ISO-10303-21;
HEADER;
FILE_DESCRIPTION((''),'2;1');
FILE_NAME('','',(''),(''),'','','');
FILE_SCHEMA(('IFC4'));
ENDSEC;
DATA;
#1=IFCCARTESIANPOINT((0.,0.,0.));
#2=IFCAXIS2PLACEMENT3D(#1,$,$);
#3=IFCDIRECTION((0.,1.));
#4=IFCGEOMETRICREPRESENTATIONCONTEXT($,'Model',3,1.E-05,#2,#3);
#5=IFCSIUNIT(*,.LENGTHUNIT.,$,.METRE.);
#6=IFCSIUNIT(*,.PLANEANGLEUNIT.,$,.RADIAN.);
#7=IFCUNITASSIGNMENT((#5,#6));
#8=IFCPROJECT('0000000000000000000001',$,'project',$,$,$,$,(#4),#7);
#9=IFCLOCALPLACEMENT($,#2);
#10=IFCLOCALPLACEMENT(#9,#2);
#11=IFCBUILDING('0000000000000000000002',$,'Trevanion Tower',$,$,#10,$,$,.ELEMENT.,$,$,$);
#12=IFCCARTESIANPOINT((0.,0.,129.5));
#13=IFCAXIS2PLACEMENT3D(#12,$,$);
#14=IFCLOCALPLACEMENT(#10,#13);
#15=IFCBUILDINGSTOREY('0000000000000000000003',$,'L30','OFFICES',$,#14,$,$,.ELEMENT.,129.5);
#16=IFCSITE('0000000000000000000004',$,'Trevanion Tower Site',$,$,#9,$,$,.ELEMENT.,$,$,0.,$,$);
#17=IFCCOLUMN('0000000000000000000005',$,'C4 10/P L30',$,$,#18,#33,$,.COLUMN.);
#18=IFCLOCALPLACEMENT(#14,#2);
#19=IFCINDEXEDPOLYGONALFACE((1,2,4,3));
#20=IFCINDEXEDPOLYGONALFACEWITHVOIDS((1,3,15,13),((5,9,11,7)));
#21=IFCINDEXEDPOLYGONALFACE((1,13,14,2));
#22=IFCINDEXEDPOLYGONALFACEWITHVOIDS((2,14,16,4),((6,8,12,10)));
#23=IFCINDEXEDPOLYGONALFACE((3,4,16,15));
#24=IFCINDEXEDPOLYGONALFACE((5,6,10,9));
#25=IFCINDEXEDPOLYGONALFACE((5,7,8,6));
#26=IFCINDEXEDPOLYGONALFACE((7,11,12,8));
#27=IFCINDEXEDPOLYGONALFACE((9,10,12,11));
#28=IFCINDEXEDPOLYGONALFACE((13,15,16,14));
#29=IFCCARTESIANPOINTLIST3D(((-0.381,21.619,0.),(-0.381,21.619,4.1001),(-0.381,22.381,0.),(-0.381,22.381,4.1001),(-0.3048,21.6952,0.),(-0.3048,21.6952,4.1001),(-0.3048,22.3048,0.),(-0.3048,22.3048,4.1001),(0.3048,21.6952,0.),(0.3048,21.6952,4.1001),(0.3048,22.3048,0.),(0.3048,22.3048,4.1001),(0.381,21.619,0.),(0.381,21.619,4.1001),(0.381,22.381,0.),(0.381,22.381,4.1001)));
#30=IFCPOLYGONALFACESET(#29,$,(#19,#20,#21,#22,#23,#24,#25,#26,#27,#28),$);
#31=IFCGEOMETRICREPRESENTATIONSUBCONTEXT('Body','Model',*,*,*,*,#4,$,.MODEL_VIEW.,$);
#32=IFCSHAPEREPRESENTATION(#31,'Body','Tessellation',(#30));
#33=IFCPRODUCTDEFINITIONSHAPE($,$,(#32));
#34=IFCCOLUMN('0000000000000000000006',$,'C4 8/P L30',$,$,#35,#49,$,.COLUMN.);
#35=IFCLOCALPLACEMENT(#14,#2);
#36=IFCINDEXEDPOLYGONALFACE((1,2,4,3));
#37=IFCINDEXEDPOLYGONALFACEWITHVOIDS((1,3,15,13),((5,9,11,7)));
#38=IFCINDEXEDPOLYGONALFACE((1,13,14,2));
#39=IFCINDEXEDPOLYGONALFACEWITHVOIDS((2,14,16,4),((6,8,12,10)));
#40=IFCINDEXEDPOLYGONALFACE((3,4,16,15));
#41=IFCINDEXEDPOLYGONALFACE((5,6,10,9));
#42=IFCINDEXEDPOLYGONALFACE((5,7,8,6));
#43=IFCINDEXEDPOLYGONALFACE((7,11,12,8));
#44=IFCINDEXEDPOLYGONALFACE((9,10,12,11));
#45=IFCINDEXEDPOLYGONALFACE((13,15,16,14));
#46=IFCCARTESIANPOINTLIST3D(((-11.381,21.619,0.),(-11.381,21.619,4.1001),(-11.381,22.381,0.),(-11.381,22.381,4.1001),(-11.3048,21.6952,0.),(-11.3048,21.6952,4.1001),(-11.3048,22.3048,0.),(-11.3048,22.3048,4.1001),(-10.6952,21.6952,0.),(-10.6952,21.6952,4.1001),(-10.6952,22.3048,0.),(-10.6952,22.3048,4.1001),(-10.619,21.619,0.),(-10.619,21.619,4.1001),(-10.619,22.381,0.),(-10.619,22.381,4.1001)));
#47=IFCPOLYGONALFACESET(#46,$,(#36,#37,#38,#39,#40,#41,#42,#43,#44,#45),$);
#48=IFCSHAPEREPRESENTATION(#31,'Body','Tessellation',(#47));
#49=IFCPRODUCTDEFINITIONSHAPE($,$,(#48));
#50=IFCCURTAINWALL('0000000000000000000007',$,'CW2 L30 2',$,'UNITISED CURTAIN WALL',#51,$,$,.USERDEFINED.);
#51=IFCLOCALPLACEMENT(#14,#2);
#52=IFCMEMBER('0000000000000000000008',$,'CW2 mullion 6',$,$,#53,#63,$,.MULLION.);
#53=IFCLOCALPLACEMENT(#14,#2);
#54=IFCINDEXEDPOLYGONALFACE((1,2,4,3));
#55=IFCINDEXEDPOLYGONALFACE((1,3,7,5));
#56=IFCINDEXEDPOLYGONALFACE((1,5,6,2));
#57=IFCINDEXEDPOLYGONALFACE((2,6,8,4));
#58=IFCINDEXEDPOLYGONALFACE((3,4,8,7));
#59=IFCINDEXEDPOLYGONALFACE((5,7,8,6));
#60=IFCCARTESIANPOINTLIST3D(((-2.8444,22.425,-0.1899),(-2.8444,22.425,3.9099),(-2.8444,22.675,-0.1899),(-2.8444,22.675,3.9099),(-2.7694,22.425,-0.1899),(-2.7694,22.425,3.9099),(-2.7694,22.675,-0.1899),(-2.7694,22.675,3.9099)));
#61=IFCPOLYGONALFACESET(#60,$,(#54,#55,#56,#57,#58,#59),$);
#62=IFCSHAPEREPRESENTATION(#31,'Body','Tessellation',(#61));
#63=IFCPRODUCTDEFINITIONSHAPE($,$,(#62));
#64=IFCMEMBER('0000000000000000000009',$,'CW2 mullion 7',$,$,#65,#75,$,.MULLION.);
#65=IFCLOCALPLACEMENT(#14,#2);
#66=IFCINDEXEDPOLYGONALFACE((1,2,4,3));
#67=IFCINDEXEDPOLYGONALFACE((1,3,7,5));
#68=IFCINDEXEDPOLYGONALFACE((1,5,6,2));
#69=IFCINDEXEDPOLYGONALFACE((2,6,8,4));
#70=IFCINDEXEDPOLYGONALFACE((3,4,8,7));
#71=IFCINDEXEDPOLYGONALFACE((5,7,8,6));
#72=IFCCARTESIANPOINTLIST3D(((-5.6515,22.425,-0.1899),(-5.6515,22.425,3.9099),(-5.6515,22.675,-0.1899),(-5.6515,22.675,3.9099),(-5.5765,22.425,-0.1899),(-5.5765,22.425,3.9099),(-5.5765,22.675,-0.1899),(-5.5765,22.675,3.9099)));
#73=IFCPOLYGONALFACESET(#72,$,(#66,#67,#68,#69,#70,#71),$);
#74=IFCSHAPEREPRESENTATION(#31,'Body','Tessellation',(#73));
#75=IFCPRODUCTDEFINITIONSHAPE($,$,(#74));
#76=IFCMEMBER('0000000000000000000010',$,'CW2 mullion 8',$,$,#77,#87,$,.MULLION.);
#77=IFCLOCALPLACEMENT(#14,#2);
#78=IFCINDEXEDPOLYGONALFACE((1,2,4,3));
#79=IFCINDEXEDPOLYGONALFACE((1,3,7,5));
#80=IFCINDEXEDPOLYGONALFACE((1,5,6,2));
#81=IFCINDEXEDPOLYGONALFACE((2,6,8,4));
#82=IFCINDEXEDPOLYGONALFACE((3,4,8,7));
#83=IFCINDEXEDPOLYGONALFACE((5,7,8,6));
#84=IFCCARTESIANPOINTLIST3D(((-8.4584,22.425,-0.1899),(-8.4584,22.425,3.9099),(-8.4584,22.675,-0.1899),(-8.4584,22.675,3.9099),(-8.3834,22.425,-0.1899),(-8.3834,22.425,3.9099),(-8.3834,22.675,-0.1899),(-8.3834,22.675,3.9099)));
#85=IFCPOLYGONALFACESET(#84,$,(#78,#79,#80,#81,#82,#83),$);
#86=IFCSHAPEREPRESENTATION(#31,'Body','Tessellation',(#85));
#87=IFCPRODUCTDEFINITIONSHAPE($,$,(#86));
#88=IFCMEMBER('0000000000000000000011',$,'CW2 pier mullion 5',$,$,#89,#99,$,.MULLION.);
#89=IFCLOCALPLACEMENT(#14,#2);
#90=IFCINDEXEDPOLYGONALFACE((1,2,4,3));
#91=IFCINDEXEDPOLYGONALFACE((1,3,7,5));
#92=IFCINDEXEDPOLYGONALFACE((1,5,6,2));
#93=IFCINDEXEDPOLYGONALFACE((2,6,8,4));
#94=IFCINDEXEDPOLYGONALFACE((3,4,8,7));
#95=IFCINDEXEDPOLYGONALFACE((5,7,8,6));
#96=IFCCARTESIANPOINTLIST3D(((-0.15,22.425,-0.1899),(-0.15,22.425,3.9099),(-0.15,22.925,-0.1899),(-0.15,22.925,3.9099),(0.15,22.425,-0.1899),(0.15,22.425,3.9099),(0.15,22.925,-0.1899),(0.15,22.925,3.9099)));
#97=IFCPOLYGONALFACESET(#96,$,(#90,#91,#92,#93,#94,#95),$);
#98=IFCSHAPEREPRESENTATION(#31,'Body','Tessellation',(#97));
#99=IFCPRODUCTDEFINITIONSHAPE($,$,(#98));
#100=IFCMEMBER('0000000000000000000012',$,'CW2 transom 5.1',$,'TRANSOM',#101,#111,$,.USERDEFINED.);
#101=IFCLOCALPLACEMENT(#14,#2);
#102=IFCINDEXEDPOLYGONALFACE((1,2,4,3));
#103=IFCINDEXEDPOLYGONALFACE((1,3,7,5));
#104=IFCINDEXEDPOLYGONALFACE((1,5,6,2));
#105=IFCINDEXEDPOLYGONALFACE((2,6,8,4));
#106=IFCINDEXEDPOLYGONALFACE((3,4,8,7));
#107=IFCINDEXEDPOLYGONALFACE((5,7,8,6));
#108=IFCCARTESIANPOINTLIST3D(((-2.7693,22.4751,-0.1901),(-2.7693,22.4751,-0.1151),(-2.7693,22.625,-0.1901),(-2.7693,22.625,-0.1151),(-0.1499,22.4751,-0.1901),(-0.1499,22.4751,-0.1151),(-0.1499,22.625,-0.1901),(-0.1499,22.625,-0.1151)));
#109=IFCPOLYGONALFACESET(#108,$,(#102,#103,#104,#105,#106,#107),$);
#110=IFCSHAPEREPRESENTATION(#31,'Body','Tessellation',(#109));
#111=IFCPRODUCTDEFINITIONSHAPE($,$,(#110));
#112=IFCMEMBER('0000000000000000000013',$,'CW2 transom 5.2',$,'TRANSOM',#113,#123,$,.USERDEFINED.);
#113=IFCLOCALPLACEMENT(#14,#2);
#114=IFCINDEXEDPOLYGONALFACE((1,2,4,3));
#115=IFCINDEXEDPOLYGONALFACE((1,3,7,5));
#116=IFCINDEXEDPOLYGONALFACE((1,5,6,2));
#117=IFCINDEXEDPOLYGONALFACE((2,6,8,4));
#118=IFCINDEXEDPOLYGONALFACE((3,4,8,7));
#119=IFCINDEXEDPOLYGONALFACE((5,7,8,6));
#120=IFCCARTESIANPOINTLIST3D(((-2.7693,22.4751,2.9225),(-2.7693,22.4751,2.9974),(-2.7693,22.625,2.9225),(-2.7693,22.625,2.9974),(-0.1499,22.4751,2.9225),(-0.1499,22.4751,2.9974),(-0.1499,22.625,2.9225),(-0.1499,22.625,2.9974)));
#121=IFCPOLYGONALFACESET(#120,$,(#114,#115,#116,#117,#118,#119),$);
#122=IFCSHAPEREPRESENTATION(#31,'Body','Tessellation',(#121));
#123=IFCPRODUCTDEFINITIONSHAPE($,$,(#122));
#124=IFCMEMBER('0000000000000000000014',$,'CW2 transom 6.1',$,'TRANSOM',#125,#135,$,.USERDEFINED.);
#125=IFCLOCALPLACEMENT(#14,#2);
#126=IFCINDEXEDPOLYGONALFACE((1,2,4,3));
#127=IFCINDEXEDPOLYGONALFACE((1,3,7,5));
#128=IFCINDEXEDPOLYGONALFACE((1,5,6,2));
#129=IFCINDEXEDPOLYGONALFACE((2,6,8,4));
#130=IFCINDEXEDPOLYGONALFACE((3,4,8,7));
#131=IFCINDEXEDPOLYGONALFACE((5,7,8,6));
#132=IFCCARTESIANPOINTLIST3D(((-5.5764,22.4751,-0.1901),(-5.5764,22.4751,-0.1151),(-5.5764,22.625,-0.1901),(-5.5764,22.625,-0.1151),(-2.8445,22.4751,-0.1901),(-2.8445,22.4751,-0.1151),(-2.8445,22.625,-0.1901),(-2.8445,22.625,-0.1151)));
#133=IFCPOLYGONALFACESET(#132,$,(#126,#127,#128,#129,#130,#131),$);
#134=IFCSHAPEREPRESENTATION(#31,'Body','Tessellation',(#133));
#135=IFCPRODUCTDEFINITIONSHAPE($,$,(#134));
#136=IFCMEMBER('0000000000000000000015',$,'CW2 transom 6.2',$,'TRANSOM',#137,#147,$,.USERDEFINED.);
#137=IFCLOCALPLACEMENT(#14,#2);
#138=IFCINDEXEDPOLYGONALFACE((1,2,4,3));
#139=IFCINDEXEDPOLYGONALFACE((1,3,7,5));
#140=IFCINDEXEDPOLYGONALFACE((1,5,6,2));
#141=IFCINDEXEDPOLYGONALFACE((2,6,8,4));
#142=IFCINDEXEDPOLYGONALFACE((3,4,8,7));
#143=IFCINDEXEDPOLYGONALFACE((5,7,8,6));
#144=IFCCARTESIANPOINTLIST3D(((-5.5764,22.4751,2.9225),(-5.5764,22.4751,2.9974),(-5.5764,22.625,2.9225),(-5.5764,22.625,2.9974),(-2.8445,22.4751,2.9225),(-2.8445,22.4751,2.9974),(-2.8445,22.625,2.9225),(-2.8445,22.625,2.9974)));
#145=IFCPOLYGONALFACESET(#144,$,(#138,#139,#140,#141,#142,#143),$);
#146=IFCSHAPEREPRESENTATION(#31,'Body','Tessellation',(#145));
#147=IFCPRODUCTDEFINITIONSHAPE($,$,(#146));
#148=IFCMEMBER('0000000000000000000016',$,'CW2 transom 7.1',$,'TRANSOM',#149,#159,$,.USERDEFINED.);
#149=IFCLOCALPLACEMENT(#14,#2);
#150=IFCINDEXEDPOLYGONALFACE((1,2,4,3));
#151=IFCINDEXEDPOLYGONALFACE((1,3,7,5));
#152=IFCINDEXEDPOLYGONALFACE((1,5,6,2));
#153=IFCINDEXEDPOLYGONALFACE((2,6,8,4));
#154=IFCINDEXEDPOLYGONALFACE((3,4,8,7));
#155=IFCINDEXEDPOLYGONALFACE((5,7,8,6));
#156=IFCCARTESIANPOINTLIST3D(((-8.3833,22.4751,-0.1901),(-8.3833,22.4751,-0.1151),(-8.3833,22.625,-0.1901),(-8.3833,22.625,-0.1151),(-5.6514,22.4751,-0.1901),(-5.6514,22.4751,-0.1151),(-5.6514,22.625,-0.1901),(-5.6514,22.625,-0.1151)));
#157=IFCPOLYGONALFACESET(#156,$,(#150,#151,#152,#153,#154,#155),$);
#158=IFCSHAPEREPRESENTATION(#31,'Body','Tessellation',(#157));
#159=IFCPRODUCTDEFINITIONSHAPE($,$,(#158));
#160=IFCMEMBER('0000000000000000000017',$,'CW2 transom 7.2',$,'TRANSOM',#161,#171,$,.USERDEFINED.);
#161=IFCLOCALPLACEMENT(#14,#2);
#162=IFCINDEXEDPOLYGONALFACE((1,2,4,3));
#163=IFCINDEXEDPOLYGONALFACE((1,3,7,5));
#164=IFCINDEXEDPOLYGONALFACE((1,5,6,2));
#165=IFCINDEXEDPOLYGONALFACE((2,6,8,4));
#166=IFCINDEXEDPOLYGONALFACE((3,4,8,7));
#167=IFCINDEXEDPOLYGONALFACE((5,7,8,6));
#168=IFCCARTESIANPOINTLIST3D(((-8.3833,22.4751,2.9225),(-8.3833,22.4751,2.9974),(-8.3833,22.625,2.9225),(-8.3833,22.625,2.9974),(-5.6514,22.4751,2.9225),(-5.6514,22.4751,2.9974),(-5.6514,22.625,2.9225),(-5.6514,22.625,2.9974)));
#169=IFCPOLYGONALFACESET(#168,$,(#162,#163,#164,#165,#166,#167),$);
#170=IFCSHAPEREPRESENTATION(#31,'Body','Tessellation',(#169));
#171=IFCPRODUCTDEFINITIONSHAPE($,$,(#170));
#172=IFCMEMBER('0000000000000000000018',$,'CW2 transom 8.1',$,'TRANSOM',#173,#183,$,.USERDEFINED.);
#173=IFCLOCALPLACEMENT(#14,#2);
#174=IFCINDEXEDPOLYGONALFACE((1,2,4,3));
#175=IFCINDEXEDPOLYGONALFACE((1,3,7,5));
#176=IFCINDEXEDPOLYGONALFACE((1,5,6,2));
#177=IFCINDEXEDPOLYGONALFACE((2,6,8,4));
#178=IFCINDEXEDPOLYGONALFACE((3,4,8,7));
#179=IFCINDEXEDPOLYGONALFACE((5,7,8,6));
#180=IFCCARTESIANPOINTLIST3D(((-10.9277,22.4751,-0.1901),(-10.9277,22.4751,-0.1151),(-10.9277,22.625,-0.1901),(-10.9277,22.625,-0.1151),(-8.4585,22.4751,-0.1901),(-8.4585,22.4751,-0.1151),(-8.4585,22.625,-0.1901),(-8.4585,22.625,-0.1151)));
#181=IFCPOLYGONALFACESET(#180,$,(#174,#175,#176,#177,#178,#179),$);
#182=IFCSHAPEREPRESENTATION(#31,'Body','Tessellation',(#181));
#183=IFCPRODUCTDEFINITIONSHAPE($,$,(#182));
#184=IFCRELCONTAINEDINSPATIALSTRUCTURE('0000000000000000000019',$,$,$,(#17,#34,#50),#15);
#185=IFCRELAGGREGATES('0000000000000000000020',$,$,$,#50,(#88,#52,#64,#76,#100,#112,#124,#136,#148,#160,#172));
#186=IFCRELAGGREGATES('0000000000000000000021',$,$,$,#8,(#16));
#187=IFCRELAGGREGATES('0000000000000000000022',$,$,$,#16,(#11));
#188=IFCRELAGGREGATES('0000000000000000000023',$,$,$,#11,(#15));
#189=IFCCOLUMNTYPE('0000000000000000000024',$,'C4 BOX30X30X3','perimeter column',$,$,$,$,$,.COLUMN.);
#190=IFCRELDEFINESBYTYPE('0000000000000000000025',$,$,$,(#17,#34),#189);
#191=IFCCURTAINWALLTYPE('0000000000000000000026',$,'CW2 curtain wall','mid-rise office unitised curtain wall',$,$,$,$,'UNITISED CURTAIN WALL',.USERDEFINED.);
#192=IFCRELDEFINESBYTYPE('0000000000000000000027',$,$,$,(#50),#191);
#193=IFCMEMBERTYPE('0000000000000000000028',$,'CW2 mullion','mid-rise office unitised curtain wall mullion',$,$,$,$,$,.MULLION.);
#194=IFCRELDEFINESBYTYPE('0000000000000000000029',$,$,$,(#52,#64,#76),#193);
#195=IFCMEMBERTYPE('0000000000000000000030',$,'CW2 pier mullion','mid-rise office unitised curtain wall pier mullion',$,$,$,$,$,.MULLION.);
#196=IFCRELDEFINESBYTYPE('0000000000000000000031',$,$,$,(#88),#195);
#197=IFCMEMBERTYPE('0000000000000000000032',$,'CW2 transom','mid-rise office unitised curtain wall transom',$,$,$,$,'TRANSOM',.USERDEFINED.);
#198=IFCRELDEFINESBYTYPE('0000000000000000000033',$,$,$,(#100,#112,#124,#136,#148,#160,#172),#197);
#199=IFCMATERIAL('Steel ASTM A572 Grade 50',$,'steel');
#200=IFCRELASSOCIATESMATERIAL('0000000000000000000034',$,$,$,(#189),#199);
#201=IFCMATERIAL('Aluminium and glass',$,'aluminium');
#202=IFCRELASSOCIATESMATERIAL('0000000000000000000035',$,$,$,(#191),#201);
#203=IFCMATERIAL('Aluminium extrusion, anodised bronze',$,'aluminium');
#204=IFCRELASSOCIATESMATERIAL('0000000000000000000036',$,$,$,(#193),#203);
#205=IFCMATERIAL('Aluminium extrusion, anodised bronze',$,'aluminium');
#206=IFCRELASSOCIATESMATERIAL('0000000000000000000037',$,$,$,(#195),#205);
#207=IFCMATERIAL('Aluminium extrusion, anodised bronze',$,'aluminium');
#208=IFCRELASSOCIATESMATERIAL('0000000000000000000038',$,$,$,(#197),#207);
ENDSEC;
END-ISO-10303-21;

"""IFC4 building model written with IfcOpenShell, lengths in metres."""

from ifc_helpers import new_model, si_unit, direction, frame, origin, origin_2d, place, context, subcontext, project, spatial, rectangle, hollow_rectangle, extrude, material, material_profile, profile_set, type_object, element, aggregate, save


model = new_model("IFC4")

# Units and contexts
model_context = context("Model", 3, precision=1e-05, world=origin(), true_north=direction((0.0, 1.0)))
body_context = subcontext(model_context, "Body", "Model", "MODEL_VIEW")
ifc_project = project(units=[si_unit("LENGTHUNIT", "METRE"), si_unit("PLANEANGLEUNIT", "RADIAN")], contexts=[model_context])

# Site, building, storey
site_placement = place(None, origin())
site = spatial("IfcSite", under=ifc_project, at=site_placement, Name="Trevanion Tower Site", CompositionType="ELEMENT", RefElevation=0.0)
building_placement = place(site_placement, origin())
building = spatial("IfcBuilding", under=site, at=building_placement, Name="Trevanion Tower", CompositionType="ELEMENT")
storey_placement = place(building_placement, frame((0.0, 0.0, 129.5)))
storey = spatial("IfcBuildingStorey", under=building, at=storey_placement, Name="L30", Description="OFFICES", CompositionType="ELEMENT", Elevation=129.5)

# Columns
ifc_material_1 = material(Name="Steel ASTM A572 Grade 50", Category="steel")
ifc_material_profile_1 = material_profile(ifc_material_1, hollow_rectangle(XDim=0.762, YDim=0.762, WallThickness=0.0762, at=origin_2d()), Name="BOX30X30X3")
ifc_profile_set_1 = profile_set([ifc_material_profile_1], Name="Steel ASTM A572 Grade 50")
column_type = type_object("IfcColumnType", Name="C4 BOX30X30X3", Description="perimeter column", PredefinedType="COLUMN", material=ifc_profile_set_1)
for number, where, z_axis, x_axis, name in (
    (1, (0.0, 22.0, 0.0), (0.0, 0.0, 1.0), (1.0, 0.0, 0.0), "C4 10/P L30"),
    (2, (-11.0, 22.0, 0.0), (0.0, 0.0, 1.0), (1.0, 0.0, 0.0), "C4 8/P L30"),
):
    element("IfcColumn", number, at=place(storey_placement, frame(where, z_axis=z_axis, x_axis=x_axis)), inside=storey, type_object=column_type, Name=name, PredefinedType="COLUMN", context=body_context, shape_type="SweptSolid", body=[
        extrude(hollow_rectangle(XDim=0.762, YDim=0.762, WallThickness=0.0762, at=origin_2d()), origin(), (0.0, 0.0, 1.0), 4.1001),
    ])

# Curtain wall, members
ifc_material_2 = material(Name="Aluminium and glass", Category="aluminium")
curtain_wall_type = type_object("IfcCurtainWallType", Name="CW2 curtain wall", Description="mid-rise office unitised curtain wall", ElementType="UNITISED CURTAIN WALL", PredefinedType="USERDEFINED", material=ifc_material_2)
curtain_wall_placement = place(storey_placement, origin())
curtain_wall = element("IfcCurtainWall", 3, at=curtain_wall_placement, inside=storey, type_object=curtain_wall_type, Name="CW2 L30 2", ObjectType="UNITISED CURTAIN WALL", PredefinedType="USERDEFINED")
ifc_material_3 = material(Name="Aluminium extrusion, anodised bronze", Category="aluminium")
ifc_material_profile_2 = material_profile(ifc_material_3, rectangle(XDim=0.075, YDim=0.25, at=origin_2d()), Name="CW2 mullion")
ifc_profile_set_2 = profile_set([ifc_material_profile_2], Name="Aluminium extrusion, anodised bronze")
member_type_1 = type_object("IfcMemberType", Name="CW2 mullion", Description="mid-rise office unitised curtain wall mullion", PredefinedType="MULLION", material=ifc_profile_set_2)
member_1_placement = place(storey_placement, frame((-2.8069, 22.55, -0.1899), z_axis=(0.0, 0.0, 1.0), x_axis=(-1.0, 0.0, 0.0)))
member_1 = element("IfcMember", 4, at=member_1_placement, type_object=member_type_1, Name="CW2 mullion 6", PredefinedType="MULLION", context=body_context, shape_type="SweptSolid", body=[
    extrude(rectangle(XDim=0.075, YDim=0.25, at=origin_2d()), origin(), (0.0, 0.0, 1.0), 4.0999),
])
member_2_placement = place(storey_placement, frame((-5.614, 22.55, -0.1899), z_axis=(0.0, 0.0, 1.0), x_axis=(-1.0, 0.0, 0.0)))
member_2 = element("IfcMember", 5, at=member_2_placement, type_object=member_type_1, Name="CW2 mullion 7", PredefinedType="MULLION", context=body_context, shape_type="SweptSolid", body=[
    extrude(rectangle(XDim=0.075, YDim=0.25, at=origin_2d()), origin(), (0.0, 0.0, 1.0), 4.0999),
])
member_3_placement = place(storey_placement, frame((-8.4209, 22.55, -0.1899), z_axis=(0.0, 0.0, 1.0), x_axis=(-1.0, 0.0, 0.0)))
member_3 = element("IfcMember", 6, at=member_3_placement, type_object=member_type_1, Name="CW2 mullion 8", PredefinedType="MULLION", context=body_context, shape_type="SweptSolid", body=[
    extrude(rectangle(XDim=0.075, YDim=0.25, at=origin_2d()), origin(), (0.0, 0.0, 1.0), 4.0999),
])
ifc_material_4 = material(Name="Aluminium extrusion, anodised bronze", Category="aluminium")
ifc_material_profile_3 = material_profile(ifc_material_4, rectangle(XDim=0.3, YDim=0.5, at=origin_2d()), Name="CW2 pier mullion")
ifc_profile_set_3 = profile_set([ifc_material_profile_3], Name="Aluminium extrusion, anodised bronze")
member_type_2 = type_object("IfcMemberType", Name="CW2 pier mullion", Description="mid-rise office unitised curtain wall pier mullion", PredefinedType="MULLION", material=ifc_profile_set_3)
member_4_placement = place(storey_placement, frame((0.0, 22.675, -0.1899), z_axis=(0.0, 0.0, 1.0), x_axis=(-1.0, 0.0, 0.0)))
member_4 = element("IfcMember", 7, at=member_4_placement, type_object=member_type_2, Name="CW2 pier mullion 5", PredefinedType="MULLION", context=body_context, shape_type="SweptSolid", body=[
    extrude(rectangle(XDim=0.3, YDim=0.5, at=origin_2d()), origin(), (0.0, 0.0, 1.0), 4.0999),
])
ifc_material_5 = material(Name="Aluminium extrusion, anodised bronze", Category="aluminium")
ifc_material_profile_4 = material_profile(ifc_material_5, rectangle(XDim=0.1499, YDim=0.075, at=origin_2d()), Name="CW2 transom")
ifc_profile_set_4 = profile_set([ifc_material_profile_4], Name="Aluminium extrusion, anodised bronze")
member_type_3 = type_object("IfcMemberType", Name="CW2 transom", Description="mid-rise office unitised curtain wall transom", ElementType="TRANSOM", PredefinedType="USERDEFINED", material=ifc_profile_set_4)
member_5_placement = place(storey_placement, frame((-0.1499, 22.55, -0.1526), z_axis=(-1.0, 0.0, 0.0), x_axis=(0.0, -1.0, 0.0)))
member_5 = element("IfcMember", 8, at=member_5_placement, type_object=member_type_3, Name="CW2 transom 5.1", ObjectType="TRANSOM", PredefinedType="USERDEFINED", context=body_context, shape_type="SweptSolid", body=[
    extrude(rectangle(XDim=0.1499, YDim=0.075, at=origin_2d()), origin(), (0.0, 0.0, 1.0), 2.6194),
])
member_6_placement = place(storey_placement, frame((-0.1499, 22.55, 2.96), z_axis=(-1.0, 0.0, 0.0), x_axis=(0.0, -1.0, 0.0)))
member_6 = element("IfcMember", 9, at=member_6_placement, type_object=member_type_3, Name="CW2 transom 5.2", ObjectType="TRANSOM", PredefinedType="USERDEFINED", context=body_context, shape_type="SweptSolid", body=[
    extrude(rectangle(XDim=0.1499, YDim=0.075, at=origin_2d()), origin(), (0.0, 0.0, 1.0), 2.6194),
])
member_7_placement = place(storey_placement, frame((-2.8445, 22.55, -0.1526), z_axis=(-1.0, 0.0, 0.0), x_axis=(0.0, -1.0, 0.0)))
member_7 = element("IfcMember", 10, at=member_7_placement, type_object=member_type_3, Name="CW2 transom 6.1", ObjectType="TRANSOM", PredefinedType="USERDEFINED", context=body_context, shape_type="SweptSolid", body=[
    extrude(rectangle(XDim=0.1499, YDim=0.075, at=origin_2d()), origin(), (0.0, 0.0, 1.0), 2.7319),
])
member_8_placement = place(storey_placement, frame((-2.8445, 22.55, 2.96), z_axis=(-1.0, 0.0, 0.0), x_axis=(0.0, -1.0, 0.0)))
member_8 = element("IfcMember", 11, at=member_8_placement, type_object=member_type_3, Name="CW2 transom 6.2", ObjectType="TRANSOM", PredefinedType="USERDEFINED", context=body_context, shape_type="SweptSolid", body=[
    extrude(rectangle(XDim=0.1499, YDim=0.075, at=origin_2d()), origin(), (0.0, 0.0, 1.0), 2.7319),
])
member_9_placement = place(storey_placement, frame((-5.6514, 22.55, -0.1526), z_axis=(-1.0, 0.0, 0.0), x_axis=(0.0, -1.0, 0.0)))
member_9 = element("IfcMember", 12, at=member_9_placement, type_object=member_type_3, Name="CW2 transom 7.1", ObjectType="TRANSOM", PredefinedType="USERDEFINED", context=body_context, shape_type="SweptSolid", body=[
    extrude(rectangle(XDim=0.1499, YDim=0.075, at=origin_2d()), origin(), (0.0, 0.0, 1.0), 2.7319),
])
member_10_placement = place(storey_placement, frame((-5.6514, 22.55, 2.96), z_axis=(-1.0, 0.0, 0.0), x_axis=(0.0, -1.0, 0.0)))
member_10 = element("IfcMember", 13, at=member_10_placement, type_object=member_type_3, Name="CW2 transom 7.2", ObjectType="TRANSOM", PredefinedType="USERDEFINED", context=body_context, shape_type="SweptSolid", body=[
    extrude(rectangle(XDim=0.1499, YDim=0.075, at=origin_2d()), origin(), (0.0, 0.0, 1.0), 2.7319),
])
member_11_placement = place(storey_placement, frame((-8.4585, 22.55, -0.1526), z_axis=(-1.0, 0.0, 0.0), x_axis=(0.0, -1.0, 0.0)))
member_11 = element("IfcMember", 14, at=member_11_placement, type_object=member_type_3, Name="CW2 transom 8.1", ObjectType="TRANSOM", PredefinedType="USERDEFINED", context=body_context, shape_type="SweptSolid", body=[
    extrude(rectangle(XDim=0.1499, YDim=0.075, at=origin_2d()), origin(), (0.0, 0.0, 1.0), 2.4692),
])

aggregate(curtain_wall, [member_4, member_1, member_2, member_3, member_5, member_6, member_7, member_8, member_9, member_10, member_11])

save(model, "model.ifc")
